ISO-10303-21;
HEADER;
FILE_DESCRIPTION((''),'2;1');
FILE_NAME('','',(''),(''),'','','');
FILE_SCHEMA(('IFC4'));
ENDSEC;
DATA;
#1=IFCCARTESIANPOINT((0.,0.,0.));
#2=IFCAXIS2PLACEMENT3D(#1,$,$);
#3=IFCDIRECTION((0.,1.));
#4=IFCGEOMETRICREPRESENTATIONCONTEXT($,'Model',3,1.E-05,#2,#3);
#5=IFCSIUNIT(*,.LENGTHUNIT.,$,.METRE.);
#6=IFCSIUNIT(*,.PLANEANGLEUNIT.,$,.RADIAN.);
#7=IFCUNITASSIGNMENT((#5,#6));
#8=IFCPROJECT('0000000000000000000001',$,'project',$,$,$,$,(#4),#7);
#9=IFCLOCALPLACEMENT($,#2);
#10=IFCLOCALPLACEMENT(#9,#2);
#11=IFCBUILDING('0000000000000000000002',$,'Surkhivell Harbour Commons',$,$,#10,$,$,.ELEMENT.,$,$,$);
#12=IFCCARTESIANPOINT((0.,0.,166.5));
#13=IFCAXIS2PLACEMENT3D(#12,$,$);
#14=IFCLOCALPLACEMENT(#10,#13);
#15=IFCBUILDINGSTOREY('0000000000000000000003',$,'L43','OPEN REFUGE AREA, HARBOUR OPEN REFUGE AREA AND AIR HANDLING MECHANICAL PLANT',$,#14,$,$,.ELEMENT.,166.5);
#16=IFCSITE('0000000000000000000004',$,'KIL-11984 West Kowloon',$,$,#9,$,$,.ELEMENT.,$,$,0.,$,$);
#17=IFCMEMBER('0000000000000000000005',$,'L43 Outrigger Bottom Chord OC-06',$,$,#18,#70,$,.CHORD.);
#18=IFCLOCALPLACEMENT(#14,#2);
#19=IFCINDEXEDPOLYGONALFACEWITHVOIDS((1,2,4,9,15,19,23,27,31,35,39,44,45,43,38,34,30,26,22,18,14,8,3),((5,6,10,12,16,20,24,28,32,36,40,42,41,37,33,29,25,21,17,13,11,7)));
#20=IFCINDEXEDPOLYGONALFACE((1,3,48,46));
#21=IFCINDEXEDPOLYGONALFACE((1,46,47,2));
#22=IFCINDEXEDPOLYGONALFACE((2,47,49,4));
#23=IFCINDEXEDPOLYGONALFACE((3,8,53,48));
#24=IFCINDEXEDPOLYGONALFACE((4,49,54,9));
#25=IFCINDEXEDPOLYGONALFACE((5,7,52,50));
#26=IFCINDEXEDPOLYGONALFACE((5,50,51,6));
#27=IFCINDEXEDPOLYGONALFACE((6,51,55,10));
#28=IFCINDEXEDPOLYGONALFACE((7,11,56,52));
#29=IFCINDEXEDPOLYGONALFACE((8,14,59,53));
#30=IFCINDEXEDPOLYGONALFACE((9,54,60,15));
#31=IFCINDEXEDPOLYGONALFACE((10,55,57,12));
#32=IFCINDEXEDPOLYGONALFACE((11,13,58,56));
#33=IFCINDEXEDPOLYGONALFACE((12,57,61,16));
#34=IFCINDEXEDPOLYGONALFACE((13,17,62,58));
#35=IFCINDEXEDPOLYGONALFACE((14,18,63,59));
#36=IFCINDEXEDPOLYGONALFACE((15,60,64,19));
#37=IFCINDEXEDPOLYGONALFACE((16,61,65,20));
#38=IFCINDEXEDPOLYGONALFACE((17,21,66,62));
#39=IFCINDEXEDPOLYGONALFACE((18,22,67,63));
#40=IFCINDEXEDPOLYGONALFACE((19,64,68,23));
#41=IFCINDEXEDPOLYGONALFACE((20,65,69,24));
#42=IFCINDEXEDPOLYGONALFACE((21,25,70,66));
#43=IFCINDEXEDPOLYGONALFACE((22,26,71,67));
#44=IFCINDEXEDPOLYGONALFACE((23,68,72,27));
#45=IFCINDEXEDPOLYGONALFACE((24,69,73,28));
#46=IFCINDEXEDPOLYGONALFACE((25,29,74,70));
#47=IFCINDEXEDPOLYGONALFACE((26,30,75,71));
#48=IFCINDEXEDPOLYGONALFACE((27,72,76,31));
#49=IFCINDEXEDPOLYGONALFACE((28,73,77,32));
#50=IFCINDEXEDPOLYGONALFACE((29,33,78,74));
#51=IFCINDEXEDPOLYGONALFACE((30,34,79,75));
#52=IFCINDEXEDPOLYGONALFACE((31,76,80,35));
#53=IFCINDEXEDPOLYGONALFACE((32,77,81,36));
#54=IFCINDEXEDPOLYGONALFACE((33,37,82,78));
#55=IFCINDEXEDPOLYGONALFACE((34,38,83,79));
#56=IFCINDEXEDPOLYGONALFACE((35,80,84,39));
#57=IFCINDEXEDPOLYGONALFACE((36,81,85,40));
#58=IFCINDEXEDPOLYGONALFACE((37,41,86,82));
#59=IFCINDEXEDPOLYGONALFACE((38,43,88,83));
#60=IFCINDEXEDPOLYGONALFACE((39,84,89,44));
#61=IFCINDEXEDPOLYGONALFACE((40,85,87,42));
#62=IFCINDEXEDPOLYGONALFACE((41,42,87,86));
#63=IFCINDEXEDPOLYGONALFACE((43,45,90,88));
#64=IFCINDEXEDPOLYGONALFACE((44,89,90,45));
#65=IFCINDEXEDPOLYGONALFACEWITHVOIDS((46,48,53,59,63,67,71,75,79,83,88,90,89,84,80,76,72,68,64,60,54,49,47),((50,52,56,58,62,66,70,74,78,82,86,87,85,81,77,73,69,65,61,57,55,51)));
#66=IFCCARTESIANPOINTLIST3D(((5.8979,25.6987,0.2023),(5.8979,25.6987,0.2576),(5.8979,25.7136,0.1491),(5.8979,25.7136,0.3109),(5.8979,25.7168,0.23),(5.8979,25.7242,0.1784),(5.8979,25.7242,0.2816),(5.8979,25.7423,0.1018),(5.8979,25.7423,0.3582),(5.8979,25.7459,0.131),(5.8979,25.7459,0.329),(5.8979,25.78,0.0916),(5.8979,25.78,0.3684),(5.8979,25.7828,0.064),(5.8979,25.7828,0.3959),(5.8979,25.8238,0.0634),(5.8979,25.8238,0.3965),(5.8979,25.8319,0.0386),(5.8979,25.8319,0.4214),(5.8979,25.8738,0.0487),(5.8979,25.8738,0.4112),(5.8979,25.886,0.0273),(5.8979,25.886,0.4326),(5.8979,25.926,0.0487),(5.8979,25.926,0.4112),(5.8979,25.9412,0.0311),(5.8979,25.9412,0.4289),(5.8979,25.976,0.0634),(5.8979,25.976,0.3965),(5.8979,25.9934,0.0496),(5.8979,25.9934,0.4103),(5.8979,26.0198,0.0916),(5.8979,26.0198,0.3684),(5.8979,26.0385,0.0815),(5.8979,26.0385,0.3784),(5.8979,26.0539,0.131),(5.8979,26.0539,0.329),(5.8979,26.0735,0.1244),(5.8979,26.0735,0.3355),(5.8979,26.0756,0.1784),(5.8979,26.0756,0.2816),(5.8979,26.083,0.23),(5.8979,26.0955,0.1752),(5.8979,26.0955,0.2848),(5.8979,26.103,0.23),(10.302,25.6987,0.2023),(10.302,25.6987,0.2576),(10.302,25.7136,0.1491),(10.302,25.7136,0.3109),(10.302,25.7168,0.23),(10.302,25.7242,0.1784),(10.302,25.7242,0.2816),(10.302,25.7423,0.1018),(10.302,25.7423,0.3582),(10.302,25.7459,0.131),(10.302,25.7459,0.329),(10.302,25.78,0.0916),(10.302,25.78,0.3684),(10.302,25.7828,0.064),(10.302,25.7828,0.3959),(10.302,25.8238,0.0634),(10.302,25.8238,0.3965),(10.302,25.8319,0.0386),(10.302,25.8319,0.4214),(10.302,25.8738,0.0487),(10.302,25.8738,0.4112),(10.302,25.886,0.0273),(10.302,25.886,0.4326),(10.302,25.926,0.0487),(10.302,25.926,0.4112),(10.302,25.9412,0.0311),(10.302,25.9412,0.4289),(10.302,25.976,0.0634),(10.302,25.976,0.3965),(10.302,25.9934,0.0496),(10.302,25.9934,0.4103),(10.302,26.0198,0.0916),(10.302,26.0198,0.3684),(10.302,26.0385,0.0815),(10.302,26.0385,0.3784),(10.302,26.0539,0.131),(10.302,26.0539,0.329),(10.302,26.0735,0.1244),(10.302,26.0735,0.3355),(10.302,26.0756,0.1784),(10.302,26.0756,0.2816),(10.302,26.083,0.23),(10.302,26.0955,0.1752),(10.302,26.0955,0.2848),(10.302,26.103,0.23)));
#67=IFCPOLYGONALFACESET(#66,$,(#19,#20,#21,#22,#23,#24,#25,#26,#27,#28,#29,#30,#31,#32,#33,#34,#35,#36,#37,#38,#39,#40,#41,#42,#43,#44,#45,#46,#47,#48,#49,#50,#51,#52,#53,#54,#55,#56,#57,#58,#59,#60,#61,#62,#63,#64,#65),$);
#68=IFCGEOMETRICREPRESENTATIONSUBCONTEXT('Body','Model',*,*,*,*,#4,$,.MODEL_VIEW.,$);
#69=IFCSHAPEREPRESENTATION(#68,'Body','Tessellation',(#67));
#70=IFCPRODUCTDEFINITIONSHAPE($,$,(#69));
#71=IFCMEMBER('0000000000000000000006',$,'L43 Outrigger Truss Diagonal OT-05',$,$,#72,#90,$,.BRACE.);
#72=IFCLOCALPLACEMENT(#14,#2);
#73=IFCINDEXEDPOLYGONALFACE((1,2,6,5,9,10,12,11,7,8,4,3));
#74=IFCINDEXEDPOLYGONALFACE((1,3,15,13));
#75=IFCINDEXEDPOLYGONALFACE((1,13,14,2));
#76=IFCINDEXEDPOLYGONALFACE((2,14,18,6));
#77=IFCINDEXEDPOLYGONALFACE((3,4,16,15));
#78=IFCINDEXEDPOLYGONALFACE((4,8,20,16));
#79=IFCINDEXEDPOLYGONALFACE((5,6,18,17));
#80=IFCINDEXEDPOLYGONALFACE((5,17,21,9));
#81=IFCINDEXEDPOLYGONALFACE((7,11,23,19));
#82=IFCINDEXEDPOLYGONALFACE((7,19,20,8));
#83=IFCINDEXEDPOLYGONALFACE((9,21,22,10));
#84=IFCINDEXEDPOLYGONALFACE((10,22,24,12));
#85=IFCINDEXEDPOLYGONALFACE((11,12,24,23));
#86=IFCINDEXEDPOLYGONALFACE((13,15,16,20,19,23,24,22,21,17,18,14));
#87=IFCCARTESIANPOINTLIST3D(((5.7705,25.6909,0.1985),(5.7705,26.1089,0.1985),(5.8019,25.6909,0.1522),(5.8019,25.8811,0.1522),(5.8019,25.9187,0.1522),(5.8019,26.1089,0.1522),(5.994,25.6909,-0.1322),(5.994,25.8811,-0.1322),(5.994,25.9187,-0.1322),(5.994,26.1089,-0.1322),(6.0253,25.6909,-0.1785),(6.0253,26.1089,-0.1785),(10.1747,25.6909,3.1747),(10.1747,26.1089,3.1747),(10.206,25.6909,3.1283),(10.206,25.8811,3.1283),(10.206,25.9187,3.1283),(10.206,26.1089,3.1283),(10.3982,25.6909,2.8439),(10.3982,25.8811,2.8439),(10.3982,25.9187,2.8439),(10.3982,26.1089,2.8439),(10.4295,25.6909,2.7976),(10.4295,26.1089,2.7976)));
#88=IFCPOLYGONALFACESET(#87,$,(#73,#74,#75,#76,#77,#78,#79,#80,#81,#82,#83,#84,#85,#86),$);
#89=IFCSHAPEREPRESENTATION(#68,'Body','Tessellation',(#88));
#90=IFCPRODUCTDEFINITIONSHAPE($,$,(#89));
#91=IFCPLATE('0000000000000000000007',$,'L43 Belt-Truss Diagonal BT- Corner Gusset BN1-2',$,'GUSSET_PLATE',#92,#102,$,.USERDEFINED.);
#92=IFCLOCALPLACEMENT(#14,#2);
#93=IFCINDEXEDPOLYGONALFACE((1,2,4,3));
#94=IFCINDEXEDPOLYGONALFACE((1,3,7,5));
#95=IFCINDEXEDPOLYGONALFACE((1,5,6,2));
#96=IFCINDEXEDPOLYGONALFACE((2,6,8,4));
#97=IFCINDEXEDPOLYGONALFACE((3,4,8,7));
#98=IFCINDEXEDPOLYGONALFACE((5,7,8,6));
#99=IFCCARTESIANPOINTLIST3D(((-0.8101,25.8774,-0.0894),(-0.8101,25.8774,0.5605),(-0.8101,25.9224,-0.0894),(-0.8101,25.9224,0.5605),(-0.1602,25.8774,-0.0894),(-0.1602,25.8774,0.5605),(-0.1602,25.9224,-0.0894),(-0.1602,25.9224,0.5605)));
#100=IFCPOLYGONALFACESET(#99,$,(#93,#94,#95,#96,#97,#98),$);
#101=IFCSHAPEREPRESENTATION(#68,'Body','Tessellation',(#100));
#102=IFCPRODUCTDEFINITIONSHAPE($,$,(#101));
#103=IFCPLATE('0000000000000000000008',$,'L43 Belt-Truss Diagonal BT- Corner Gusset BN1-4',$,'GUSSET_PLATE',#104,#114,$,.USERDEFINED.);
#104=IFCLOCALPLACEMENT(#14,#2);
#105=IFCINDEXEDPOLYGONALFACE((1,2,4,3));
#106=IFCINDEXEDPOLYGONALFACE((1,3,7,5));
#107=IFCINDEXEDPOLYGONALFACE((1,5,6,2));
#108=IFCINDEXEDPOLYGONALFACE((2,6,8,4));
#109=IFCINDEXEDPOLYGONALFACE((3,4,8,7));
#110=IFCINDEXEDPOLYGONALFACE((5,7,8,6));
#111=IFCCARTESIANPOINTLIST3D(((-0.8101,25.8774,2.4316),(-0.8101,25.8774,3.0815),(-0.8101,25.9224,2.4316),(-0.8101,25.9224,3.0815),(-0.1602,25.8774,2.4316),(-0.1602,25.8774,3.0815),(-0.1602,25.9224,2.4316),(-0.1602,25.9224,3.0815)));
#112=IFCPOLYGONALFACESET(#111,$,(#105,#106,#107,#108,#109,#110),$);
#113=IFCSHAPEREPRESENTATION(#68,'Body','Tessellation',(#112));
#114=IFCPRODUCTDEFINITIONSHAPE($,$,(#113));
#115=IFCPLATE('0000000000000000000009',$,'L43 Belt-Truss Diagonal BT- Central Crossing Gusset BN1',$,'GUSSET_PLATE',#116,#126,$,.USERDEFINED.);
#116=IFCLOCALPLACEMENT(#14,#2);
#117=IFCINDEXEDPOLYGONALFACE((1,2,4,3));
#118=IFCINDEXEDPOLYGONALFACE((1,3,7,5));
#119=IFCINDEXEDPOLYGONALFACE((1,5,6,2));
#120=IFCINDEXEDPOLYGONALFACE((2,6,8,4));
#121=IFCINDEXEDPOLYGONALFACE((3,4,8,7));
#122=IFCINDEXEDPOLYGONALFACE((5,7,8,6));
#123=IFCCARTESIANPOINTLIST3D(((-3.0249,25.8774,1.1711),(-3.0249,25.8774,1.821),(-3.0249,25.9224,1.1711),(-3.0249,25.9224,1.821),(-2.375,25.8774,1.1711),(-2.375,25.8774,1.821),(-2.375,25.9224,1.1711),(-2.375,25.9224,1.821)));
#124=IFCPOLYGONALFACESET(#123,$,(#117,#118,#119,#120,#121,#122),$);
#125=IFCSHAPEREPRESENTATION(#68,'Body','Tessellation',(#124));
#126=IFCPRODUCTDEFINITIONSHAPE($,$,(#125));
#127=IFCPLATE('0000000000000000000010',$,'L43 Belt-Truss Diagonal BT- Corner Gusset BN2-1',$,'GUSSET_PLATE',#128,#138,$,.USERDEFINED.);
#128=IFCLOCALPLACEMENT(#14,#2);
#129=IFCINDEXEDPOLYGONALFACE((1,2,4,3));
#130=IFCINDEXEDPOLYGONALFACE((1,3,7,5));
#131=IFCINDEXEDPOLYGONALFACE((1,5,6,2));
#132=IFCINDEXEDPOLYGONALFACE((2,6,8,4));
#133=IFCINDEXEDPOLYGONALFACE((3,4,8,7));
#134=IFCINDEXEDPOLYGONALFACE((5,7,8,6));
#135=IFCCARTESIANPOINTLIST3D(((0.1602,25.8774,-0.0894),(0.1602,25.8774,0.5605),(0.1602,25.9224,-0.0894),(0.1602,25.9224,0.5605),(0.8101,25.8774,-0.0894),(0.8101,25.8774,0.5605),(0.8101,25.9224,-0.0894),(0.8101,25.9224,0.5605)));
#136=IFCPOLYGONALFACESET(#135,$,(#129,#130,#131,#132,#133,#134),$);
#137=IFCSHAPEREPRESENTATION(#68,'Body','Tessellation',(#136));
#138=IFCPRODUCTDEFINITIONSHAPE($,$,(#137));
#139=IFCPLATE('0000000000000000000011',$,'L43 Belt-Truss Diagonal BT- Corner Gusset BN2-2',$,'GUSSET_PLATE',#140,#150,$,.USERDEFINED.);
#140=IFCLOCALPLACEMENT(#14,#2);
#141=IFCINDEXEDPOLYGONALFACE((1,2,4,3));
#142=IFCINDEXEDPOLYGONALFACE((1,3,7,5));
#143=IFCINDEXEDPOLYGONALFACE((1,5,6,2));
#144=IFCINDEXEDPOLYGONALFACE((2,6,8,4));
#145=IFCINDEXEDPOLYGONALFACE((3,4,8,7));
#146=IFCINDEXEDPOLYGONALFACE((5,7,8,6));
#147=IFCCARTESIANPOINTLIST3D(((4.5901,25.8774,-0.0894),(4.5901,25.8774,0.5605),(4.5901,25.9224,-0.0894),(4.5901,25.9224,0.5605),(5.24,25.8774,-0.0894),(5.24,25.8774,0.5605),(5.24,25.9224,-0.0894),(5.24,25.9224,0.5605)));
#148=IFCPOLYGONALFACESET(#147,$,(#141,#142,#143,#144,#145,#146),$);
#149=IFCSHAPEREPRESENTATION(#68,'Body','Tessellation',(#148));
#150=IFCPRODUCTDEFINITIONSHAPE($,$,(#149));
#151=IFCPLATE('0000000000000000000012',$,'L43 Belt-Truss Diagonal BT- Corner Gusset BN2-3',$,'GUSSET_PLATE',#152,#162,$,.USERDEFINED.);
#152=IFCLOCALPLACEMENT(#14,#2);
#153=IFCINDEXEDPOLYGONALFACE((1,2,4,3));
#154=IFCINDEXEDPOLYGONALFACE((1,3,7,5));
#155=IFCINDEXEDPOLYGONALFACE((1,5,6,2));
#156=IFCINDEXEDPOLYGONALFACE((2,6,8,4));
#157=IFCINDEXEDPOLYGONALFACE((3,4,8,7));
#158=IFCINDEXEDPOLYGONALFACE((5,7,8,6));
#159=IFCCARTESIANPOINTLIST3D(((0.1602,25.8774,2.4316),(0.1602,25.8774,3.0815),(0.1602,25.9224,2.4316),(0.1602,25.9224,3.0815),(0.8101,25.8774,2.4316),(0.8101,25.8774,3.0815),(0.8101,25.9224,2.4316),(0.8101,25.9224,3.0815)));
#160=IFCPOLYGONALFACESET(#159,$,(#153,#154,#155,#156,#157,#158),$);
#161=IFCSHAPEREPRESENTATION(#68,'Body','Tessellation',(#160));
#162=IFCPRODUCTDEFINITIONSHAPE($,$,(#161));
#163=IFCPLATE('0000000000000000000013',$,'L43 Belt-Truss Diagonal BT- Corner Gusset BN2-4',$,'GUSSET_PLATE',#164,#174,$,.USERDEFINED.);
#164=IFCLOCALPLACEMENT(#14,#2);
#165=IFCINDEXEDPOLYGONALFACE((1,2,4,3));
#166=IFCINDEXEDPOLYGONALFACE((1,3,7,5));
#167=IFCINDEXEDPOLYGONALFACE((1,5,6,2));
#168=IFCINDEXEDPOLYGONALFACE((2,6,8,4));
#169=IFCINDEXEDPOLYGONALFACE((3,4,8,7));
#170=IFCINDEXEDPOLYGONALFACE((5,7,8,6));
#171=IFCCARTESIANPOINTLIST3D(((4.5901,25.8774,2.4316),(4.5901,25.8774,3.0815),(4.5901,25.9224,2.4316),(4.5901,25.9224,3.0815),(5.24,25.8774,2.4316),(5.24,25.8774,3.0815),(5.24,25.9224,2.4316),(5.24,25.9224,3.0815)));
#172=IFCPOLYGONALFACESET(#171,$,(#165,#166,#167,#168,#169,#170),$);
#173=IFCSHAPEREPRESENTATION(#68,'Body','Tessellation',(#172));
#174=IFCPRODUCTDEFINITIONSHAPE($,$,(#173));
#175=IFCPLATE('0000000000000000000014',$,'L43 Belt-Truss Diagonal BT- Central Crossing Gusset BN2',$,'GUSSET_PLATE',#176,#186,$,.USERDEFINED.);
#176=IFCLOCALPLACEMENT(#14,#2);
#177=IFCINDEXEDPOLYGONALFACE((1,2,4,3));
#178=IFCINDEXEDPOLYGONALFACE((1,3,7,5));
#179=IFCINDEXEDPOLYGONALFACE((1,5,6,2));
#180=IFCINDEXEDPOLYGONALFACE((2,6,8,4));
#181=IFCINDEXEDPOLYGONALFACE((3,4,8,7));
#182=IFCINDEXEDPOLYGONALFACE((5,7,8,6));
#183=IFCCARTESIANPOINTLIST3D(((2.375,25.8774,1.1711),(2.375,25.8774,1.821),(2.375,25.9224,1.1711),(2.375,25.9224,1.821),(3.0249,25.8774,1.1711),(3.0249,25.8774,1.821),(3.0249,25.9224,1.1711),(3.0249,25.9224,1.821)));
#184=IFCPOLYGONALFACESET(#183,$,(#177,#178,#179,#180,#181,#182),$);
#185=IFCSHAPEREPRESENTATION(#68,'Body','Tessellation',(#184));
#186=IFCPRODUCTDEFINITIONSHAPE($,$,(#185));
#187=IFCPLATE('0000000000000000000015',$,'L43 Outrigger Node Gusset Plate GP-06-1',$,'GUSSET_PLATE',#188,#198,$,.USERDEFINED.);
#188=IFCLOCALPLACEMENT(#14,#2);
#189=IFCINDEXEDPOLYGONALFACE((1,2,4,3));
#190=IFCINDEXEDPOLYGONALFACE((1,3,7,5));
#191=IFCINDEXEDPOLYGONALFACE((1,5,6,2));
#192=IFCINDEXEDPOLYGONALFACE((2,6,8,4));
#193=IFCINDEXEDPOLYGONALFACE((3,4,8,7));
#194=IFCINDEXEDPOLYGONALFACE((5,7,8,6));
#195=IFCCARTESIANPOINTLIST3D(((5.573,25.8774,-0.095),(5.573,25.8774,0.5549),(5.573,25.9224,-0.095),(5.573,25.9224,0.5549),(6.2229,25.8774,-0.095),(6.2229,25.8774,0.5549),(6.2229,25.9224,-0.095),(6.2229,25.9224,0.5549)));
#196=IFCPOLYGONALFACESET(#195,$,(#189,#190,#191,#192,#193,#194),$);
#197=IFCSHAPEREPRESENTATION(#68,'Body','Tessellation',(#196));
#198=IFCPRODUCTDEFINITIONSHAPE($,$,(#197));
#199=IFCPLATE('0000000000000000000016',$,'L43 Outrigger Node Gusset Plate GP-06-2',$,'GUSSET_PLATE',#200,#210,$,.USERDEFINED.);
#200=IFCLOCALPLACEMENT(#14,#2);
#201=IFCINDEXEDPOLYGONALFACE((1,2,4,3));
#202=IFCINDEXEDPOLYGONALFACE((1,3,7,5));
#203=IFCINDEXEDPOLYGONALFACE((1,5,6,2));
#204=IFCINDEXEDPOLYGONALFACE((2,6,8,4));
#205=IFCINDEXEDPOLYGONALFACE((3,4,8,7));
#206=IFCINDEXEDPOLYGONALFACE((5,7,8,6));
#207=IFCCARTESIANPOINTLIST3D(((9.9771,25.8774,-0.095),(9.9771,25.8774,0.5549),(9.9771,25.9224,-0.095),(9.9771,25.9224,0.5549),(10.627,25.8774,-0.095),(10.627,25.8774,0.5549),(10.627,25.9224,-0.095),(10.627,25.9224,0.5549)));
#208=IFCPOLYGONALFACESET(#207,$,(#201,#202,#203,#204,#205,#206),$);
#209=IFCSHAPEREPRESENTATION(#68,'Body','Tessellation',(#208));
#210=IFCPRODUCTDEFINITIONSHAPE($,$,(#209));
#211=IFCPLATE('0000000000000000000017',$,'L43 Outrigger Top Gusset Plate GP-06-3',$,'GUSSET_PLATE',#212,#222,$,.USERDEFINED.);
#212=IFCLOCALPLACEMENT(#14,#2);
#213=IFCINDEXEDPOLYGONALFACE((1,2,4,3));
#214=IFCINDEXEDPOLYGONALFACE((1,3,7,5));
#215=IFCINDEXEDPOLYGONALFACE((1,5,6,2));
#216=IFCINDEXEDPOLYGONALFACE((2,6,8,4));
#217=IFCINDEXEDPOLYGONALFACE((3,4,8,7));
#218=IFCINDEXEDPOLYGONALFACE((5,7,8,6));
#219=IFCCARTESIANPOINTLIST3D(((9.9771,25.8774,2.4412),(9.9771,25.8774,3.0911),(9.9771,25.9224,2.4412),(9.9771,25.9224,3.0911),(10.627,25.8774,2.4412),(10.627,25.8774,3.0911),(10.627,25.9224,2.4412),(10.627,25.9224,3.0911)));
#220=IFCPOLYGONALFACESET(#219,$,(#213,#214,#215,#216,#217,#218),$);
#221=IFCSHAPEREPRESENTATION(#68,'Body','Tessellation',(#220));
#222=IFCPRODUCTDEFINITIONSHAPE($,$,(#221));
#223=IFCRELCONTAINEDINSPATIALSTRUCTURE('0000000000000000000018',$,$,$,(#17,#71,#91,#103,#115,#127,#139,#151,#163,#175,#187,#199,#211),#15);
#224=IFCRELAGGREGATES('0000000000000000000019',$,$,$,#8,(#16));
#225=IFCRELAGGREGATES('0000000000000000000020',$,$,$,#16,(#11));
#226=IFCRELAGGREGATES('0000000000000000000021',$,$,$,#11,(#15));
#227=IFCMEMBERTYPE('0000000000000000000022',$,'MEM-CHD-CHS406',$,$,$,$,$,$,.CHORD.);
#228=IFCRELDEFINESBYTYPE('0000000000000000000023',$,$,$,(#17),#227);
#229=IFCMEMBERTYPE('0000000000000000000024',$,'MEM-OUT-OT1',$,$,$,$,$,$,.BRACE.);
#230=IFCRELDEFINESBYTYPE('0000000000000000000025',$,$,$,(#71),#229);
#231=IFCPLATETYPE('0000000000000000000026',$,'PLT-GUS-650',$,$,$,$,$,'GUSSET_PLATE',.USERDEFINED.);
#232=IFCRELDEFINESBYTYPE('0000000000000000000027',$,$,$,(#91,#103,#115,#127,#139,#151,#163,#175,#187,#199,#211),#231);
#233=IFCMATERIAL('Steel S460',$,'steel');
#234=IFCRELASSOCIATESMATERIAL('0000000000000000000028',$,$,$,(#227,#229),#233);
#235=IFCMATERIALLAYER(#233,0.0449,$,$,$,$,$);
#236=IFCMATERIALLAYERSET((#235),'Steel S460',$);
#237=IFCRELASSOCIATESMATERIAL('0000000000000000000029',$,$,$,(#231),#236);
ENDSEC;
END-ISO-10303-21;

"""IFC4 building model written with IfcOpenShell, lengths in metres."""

from ifc_helpers import new_model, si_unit, direction, frame, origin, origin_2d, place, context, subcontext, project, spatial, rectangle, hollow_circle, i_section, extrude, material, layer, layer_set, material_profile, profile_set, type_object, element, save


model = new_model("IFC4")

# Units and contexts
model_context = context("Model", 3, precision=1e-05, world=origin(), true_north=direction((0.0, 1.0)))
body_context = subcontext(model_context, "Body", "Model", "MODEL_VIEW")
ifc_project = project(units=[si_unit("LENGTHUNIT", "METRE"), si_unit("PLANEANGLEUNIT", "RADIAN")], contexts=[model_context])

# Site, building, storey
site_placement = place(None, origin())
site = spatial("IfcSite", under=ifc_project, at=site_placement, Name="KIL-11984 West Kowloon", CompositionType="ELEMENT", RefElevation=0.0)
building_placement = place(site_placement, origin())
building = spatial("IfcBuilding", under=site, at=building_placement, Name="Surkhivell Harbour Commons", CompositionType="ELEMENT")
storey_placement = place(building_placement, frame((0.0, 0.0, 166.5)))
storey = spatial("IfcBuildingStorey", under=building, at=storey_placement, Name="L43", Description="OPEN REFUGE AREA, HARBOUR OPEN REFUGE AREA AND AIR HANDLING MECHANICAL PLANT", CompositionType="ELEMENT", Elevation=166.5)

# Shared definitions
ifc_material_1 = material(Name="Steel S460", Category="steel")

# Members
ifc_material_profile_1 = material_profile(ifc_material_1, hollow_circle(Radius=0.2031, WallThickness=0.02, at=origin_2d()), Name="CHS406x20")
ifc_profile_set_1 = profile_set([ifc_material_profile_1], Name="Steel S460")
member_type_1 = type_object("IfcMemberType", Name="MEM-CHD-CHS406", PredefinedType="CHORD", material=ifc_profile_set_1)
member_1_placement = place(storey_placement, frame((5.8979, 25.8999, 0.23), z_axis=(1.0, 0.0, 0.0), x_axis=(0.0, 1.0, 0.0)))
element("IfcMember", 1, at=member_1_placement, inside=storey, type_object=member_type_1, Name="L43 Outrigger Bottom Chord OC-06", PredefinedType="CHORD", context=body_context, shape_type="SweptSolid", body=[
    extrude(hollow_circle(Radius=0.2031, WallThickness=0.02, at=origin_2d()), origin(), (0.0, 0.0, 1.0), 4.4041),
])
ifc_material_profile_2 = material_profile(ifc_material_1, i_section(OverallWidth=0.418, OverallDepth=0.4551, WebThickness=0.0376, FlangeThickness=0.0559, at=origin_2d()), Name="HD400x551")
ifc_profile_set_2 = profile_set([ifc_material_profile_2], Name="Steel S460")
member_type_2 = type_object("IfcMemberType", Name="MEM-OUT-OT1", PredefinedType="BRACE", material=ifc_profile_set_2)
member_2_placement = place(storey_placement, frame((5.8979, 25.8999, 0.01), z_axis=(0.828557, 0.0, 0.559904), x_axis=(0.0, 1.0, 0.0)))
element("IfcMember", 2, at=member_2_placement, inside=storey, type_object=member_type_2, Name="L43 Outrigger Truss Diagonal OT-05", PredefinedType="BRACE", context=body_context, shape_type="SweptSolid", body=[
    extrude(i_section(OverallWidth=0.418, OverallDepth=0.4551, WebThickness=0.0376, FlangeThickness=0.0559, at=origin_2d()), origin(), (0.0, 0.0, 1.0), 5.3154),
])

# Plates
ifc_layer = layer(ifc_material_1, 0.0449)
ifc_layer_set = layer_set([ifc_layer], Name="Steel S460")
plate_type = type_object("IfcPlateType", Name="PLT-GUS-650", ElementType="GUSSET_PLATE", PredefinedType="USERDEFINED", material=ifc_layer_set)
for number, where, z_axis, x_axis, name in (
    (3, (-0.4851, 25.8999, -0.0894), (0.0, 0.0, 1.0), (1.0, 0.0, 0.0), "L43 Belt-Truss Diagonal BT- Corner Gusset BN1-2"),
    (4, (-0.4851, 25.8999, 2.4316), (0.0, 0.0, 1.0), (1.0, 0.0, 0.0), "L43 Belt-Truss Diagonal BT- Corner Gusset BN1-4"),
    (5, (-2.7, 25.8999, 1.1711), (0.0, 0.0, 1.0), (1.0, 0.0, 0.0), "L43 Belt-Truss Diagonal BT- Central Crossing Gusset BN1"),
    (6, (0.4851, 25.8999, -0.0894), (0.0, 0.0, 1.0), (1.0, 0.0, 0.0), "L43 Belt-Truss Diagonal BT- Corner Gusset BN2-1"),
    (7, (4.915, 25.8999, -0.0894), (0.0, 0.0, 1.0), (1.0, 0.0, 0.0), "L43 Belt-Truss Diagonal BT- Corner Gusset BN2-2"),
    (8, (0.4851, 25.8999, 2.4316), (0.0, 0.0, 1.0), (1.0, 0.0, 0.0), "L43 Belt-Truss Diagonal BT- Corner Gusset BN2-3"),
    (9, (4.915, 25.8999, 2.4316), (0.0, 0.0, 1.0), (1.0, 0.0, 0.0), "L43 Belt-Truss Diagonal BT- Corner Gusset BN2-4"),
    (10, (2.7, 25.8999, 1.1711), (0.0, 0.0, 1.0), (1.0, 0.0, 0.0), "L43 Belt-Truss Diagonal BT- Central Crossing Gusset BN2"),
    (11, (5.8979, 25.8999, -0.095), (0.0, 0.0, 1.0), (1.0, 0.0, 0.0), "L43 Outrigger Node Gusset Plate GP-06-1"),
    (12, (10.302, 25.8999, -0.095), (0.0, 0.0, 1.0), (1.0, 0.0, 0.0), "L43 Outrigger Node Gusset Plate GP-06-2"),
    (13, (10.302, 25.8999, 2.4412), (0.0, 0.0, 1.0), (1.0, 0.0, 0.0), "L43 Outrigger Top Gusset Plate GP-06-3"),
):
    element("IfcPlate", number, at=place(storey_placement, frame(where, z_axis=z_axis, x_axis=x_axis)), inside=storey, type_object=plate_type, Name=name, ObjectType="GUSSET_PLATE", PredefinedType="USERDEFINED", context=body_context, shape_type="SweptSolid", body=[
        extrude(rectangle(XDim=0.6499, YDim=0.0449, at=origin_2d()), origin(), (0.0, 0.0, 1.0), 0.6499),
    ])

save(model, "model.ifc")
